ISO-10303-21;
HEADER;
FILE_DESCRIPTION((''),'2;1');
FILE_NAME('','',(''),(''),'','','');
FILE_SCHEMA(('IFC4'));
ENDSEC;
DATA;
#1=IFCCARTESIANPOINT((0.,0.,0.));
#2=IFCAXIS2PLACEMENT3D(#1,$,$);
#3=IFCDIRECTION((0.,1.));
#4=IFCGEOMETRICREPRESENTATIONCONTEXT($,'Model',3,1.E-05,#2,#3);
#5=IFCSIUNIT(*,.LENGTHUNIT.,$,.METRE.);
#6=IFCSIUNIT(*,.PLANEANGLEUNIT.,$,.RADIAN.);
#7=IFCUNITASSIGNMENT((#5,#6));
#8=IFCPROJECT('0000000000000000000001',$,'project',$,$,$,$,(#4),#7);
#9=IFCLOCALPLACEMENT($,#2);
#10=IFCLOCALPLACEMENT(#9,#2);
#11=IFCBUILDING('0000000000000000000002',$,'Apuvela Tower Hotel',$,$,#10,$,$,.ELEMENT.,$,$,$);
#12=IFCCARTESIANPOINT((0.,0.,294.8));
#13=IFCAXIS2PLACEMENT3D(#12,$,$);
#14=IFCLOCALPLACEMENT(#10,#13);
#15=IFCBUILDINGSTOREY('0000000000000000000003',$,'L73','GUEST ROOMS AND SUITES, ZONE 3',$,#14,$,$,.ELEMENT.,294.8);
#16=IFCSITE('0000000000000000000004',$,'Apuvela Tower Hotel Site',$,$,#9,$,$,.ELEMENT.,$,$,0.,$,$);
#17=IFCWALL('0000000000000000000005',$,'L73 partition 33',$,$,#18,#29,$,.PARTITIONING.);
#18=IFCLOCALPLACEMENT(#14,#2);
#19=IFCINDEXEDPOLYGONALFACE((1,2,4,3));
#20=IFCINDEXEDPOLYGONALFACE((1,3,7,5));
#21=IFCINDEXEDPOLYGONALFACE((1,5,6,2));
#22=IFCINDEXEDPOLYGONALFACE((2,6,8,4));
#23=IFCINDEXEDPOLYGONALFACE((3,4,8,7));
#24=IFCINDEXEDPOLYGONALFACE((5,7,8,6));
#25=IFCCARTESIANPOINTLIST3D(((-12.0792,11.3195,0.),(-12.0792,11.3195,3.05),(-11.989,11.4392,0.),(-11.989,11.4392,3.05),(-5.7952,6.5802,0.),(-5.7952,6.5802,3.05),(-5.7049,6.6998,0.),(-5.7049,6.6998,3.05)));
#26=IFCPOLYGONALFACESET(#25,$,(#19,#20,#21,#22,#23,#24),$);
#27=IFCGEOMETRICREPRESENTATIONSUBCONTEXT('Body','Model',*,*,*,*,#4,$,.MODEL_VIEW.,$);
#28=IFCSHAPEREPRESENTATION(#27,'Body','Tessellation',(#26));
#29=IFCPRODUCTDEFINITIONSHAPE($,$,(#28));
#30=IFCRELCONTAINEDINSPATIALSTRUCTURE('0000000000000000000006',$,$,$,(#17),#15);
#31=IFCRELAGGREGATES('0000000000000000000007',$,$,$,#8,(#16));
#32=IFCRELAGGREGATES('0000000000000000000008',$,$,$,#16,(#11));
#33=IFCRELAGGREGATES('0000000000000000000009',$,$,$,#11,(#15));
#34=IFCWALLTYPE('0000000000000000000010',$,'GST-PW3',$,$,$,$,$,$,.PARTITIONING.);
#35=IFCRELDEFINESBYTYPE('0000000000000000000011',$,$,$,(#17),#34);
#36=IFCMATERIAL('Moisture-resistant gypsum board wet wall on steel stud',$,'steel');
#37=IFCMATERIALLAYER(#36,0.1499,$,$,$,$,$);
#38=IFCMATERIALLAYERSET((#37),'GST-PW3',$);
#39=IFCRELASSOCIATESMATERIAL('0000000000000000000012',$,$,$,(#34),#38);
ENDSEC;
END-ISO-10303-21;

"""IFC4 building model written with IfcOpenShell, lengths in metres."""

from ifc_helpers import new_model, si_unit, direction, frame, frame_2d, origin, place, context, subcontext, project, spatial, rectangle, extrude, material, layer, layer_set, type_object, element, save


model = new_model("IFC4")

# Units and contexts
model_context = context("Model", 3, precision=1e-05, world=origin(), true_north=direction((0.0, 1.0)))
body_context = subcontext(model_context, "Body", "Model", "MODEL_VIEW")
ifc_project = project(units=[si_unit("LENGTHUNIT", "METRE"), si_unit("PLANEANGLEUNIT", "RADIAN")], contexts=[model_context])

# Site, building, storey
site_placement = place(None, origin())
site = spatial("IfcSite", under=ifc_project, at=site_placement, Name="Apuvela Tower Hotel Site", CompositionType="ELEMENT", RefElevation=0.0)
building_placement = place(site_placement, origin())
building = spatial("IfcBuilding", under=site, at=building_placement, Name="Apuvela Tower Hotel", CompositionType="ELEMENT")
storey_placement = place(building_placement, frame((0.0, 0.0, 294.8)))
storey = spatial("IfcBuildingStorey", under=building, at=storey_placement, Name="L73", Description="GUEST ROOMS AND SUITES, ZONE 3", CompositionType="ELEMENT", Elevation=294.8)

# Wall
ifc_material_1 = material(Name="Moisture-resistant gypsum board wet wall on steel stud", Category="steel")
ifc_layer_1 = layer(ifc_material_1, 0.1499)
ifc_layer_set_1 = layer_set([ifc_layer_1], Name="GST-PW3")
wall_type_1 = type_object("IfcWallType", Name="GST-PW3", PredefinedType="PARTITIONING", material=ifc_layer_set_1)
wall_1_placement = place(storey_placement, frame((-12.0342, 11.3794, 0.0), z_axis=(0.0, 0.0, 1.0), x_axis=(0.798393, -0.602137, 0.0)))
element("IfcWall", 1, at=wall_1_placement, inside=storey, type_object=wall_type_1, Name="L73 partition 33", PredefinedType="PARTITIONING", context=body_context, shape_type="SweptSolid", body=[
    extrude(rectangle(XDim=7.8708, YDim=0.1499, at=frame_2d((3.9355, 0.0))), origin(), (0.0, 0.0, 1.0), 3.05),
])

save(model, "model.ifc")
